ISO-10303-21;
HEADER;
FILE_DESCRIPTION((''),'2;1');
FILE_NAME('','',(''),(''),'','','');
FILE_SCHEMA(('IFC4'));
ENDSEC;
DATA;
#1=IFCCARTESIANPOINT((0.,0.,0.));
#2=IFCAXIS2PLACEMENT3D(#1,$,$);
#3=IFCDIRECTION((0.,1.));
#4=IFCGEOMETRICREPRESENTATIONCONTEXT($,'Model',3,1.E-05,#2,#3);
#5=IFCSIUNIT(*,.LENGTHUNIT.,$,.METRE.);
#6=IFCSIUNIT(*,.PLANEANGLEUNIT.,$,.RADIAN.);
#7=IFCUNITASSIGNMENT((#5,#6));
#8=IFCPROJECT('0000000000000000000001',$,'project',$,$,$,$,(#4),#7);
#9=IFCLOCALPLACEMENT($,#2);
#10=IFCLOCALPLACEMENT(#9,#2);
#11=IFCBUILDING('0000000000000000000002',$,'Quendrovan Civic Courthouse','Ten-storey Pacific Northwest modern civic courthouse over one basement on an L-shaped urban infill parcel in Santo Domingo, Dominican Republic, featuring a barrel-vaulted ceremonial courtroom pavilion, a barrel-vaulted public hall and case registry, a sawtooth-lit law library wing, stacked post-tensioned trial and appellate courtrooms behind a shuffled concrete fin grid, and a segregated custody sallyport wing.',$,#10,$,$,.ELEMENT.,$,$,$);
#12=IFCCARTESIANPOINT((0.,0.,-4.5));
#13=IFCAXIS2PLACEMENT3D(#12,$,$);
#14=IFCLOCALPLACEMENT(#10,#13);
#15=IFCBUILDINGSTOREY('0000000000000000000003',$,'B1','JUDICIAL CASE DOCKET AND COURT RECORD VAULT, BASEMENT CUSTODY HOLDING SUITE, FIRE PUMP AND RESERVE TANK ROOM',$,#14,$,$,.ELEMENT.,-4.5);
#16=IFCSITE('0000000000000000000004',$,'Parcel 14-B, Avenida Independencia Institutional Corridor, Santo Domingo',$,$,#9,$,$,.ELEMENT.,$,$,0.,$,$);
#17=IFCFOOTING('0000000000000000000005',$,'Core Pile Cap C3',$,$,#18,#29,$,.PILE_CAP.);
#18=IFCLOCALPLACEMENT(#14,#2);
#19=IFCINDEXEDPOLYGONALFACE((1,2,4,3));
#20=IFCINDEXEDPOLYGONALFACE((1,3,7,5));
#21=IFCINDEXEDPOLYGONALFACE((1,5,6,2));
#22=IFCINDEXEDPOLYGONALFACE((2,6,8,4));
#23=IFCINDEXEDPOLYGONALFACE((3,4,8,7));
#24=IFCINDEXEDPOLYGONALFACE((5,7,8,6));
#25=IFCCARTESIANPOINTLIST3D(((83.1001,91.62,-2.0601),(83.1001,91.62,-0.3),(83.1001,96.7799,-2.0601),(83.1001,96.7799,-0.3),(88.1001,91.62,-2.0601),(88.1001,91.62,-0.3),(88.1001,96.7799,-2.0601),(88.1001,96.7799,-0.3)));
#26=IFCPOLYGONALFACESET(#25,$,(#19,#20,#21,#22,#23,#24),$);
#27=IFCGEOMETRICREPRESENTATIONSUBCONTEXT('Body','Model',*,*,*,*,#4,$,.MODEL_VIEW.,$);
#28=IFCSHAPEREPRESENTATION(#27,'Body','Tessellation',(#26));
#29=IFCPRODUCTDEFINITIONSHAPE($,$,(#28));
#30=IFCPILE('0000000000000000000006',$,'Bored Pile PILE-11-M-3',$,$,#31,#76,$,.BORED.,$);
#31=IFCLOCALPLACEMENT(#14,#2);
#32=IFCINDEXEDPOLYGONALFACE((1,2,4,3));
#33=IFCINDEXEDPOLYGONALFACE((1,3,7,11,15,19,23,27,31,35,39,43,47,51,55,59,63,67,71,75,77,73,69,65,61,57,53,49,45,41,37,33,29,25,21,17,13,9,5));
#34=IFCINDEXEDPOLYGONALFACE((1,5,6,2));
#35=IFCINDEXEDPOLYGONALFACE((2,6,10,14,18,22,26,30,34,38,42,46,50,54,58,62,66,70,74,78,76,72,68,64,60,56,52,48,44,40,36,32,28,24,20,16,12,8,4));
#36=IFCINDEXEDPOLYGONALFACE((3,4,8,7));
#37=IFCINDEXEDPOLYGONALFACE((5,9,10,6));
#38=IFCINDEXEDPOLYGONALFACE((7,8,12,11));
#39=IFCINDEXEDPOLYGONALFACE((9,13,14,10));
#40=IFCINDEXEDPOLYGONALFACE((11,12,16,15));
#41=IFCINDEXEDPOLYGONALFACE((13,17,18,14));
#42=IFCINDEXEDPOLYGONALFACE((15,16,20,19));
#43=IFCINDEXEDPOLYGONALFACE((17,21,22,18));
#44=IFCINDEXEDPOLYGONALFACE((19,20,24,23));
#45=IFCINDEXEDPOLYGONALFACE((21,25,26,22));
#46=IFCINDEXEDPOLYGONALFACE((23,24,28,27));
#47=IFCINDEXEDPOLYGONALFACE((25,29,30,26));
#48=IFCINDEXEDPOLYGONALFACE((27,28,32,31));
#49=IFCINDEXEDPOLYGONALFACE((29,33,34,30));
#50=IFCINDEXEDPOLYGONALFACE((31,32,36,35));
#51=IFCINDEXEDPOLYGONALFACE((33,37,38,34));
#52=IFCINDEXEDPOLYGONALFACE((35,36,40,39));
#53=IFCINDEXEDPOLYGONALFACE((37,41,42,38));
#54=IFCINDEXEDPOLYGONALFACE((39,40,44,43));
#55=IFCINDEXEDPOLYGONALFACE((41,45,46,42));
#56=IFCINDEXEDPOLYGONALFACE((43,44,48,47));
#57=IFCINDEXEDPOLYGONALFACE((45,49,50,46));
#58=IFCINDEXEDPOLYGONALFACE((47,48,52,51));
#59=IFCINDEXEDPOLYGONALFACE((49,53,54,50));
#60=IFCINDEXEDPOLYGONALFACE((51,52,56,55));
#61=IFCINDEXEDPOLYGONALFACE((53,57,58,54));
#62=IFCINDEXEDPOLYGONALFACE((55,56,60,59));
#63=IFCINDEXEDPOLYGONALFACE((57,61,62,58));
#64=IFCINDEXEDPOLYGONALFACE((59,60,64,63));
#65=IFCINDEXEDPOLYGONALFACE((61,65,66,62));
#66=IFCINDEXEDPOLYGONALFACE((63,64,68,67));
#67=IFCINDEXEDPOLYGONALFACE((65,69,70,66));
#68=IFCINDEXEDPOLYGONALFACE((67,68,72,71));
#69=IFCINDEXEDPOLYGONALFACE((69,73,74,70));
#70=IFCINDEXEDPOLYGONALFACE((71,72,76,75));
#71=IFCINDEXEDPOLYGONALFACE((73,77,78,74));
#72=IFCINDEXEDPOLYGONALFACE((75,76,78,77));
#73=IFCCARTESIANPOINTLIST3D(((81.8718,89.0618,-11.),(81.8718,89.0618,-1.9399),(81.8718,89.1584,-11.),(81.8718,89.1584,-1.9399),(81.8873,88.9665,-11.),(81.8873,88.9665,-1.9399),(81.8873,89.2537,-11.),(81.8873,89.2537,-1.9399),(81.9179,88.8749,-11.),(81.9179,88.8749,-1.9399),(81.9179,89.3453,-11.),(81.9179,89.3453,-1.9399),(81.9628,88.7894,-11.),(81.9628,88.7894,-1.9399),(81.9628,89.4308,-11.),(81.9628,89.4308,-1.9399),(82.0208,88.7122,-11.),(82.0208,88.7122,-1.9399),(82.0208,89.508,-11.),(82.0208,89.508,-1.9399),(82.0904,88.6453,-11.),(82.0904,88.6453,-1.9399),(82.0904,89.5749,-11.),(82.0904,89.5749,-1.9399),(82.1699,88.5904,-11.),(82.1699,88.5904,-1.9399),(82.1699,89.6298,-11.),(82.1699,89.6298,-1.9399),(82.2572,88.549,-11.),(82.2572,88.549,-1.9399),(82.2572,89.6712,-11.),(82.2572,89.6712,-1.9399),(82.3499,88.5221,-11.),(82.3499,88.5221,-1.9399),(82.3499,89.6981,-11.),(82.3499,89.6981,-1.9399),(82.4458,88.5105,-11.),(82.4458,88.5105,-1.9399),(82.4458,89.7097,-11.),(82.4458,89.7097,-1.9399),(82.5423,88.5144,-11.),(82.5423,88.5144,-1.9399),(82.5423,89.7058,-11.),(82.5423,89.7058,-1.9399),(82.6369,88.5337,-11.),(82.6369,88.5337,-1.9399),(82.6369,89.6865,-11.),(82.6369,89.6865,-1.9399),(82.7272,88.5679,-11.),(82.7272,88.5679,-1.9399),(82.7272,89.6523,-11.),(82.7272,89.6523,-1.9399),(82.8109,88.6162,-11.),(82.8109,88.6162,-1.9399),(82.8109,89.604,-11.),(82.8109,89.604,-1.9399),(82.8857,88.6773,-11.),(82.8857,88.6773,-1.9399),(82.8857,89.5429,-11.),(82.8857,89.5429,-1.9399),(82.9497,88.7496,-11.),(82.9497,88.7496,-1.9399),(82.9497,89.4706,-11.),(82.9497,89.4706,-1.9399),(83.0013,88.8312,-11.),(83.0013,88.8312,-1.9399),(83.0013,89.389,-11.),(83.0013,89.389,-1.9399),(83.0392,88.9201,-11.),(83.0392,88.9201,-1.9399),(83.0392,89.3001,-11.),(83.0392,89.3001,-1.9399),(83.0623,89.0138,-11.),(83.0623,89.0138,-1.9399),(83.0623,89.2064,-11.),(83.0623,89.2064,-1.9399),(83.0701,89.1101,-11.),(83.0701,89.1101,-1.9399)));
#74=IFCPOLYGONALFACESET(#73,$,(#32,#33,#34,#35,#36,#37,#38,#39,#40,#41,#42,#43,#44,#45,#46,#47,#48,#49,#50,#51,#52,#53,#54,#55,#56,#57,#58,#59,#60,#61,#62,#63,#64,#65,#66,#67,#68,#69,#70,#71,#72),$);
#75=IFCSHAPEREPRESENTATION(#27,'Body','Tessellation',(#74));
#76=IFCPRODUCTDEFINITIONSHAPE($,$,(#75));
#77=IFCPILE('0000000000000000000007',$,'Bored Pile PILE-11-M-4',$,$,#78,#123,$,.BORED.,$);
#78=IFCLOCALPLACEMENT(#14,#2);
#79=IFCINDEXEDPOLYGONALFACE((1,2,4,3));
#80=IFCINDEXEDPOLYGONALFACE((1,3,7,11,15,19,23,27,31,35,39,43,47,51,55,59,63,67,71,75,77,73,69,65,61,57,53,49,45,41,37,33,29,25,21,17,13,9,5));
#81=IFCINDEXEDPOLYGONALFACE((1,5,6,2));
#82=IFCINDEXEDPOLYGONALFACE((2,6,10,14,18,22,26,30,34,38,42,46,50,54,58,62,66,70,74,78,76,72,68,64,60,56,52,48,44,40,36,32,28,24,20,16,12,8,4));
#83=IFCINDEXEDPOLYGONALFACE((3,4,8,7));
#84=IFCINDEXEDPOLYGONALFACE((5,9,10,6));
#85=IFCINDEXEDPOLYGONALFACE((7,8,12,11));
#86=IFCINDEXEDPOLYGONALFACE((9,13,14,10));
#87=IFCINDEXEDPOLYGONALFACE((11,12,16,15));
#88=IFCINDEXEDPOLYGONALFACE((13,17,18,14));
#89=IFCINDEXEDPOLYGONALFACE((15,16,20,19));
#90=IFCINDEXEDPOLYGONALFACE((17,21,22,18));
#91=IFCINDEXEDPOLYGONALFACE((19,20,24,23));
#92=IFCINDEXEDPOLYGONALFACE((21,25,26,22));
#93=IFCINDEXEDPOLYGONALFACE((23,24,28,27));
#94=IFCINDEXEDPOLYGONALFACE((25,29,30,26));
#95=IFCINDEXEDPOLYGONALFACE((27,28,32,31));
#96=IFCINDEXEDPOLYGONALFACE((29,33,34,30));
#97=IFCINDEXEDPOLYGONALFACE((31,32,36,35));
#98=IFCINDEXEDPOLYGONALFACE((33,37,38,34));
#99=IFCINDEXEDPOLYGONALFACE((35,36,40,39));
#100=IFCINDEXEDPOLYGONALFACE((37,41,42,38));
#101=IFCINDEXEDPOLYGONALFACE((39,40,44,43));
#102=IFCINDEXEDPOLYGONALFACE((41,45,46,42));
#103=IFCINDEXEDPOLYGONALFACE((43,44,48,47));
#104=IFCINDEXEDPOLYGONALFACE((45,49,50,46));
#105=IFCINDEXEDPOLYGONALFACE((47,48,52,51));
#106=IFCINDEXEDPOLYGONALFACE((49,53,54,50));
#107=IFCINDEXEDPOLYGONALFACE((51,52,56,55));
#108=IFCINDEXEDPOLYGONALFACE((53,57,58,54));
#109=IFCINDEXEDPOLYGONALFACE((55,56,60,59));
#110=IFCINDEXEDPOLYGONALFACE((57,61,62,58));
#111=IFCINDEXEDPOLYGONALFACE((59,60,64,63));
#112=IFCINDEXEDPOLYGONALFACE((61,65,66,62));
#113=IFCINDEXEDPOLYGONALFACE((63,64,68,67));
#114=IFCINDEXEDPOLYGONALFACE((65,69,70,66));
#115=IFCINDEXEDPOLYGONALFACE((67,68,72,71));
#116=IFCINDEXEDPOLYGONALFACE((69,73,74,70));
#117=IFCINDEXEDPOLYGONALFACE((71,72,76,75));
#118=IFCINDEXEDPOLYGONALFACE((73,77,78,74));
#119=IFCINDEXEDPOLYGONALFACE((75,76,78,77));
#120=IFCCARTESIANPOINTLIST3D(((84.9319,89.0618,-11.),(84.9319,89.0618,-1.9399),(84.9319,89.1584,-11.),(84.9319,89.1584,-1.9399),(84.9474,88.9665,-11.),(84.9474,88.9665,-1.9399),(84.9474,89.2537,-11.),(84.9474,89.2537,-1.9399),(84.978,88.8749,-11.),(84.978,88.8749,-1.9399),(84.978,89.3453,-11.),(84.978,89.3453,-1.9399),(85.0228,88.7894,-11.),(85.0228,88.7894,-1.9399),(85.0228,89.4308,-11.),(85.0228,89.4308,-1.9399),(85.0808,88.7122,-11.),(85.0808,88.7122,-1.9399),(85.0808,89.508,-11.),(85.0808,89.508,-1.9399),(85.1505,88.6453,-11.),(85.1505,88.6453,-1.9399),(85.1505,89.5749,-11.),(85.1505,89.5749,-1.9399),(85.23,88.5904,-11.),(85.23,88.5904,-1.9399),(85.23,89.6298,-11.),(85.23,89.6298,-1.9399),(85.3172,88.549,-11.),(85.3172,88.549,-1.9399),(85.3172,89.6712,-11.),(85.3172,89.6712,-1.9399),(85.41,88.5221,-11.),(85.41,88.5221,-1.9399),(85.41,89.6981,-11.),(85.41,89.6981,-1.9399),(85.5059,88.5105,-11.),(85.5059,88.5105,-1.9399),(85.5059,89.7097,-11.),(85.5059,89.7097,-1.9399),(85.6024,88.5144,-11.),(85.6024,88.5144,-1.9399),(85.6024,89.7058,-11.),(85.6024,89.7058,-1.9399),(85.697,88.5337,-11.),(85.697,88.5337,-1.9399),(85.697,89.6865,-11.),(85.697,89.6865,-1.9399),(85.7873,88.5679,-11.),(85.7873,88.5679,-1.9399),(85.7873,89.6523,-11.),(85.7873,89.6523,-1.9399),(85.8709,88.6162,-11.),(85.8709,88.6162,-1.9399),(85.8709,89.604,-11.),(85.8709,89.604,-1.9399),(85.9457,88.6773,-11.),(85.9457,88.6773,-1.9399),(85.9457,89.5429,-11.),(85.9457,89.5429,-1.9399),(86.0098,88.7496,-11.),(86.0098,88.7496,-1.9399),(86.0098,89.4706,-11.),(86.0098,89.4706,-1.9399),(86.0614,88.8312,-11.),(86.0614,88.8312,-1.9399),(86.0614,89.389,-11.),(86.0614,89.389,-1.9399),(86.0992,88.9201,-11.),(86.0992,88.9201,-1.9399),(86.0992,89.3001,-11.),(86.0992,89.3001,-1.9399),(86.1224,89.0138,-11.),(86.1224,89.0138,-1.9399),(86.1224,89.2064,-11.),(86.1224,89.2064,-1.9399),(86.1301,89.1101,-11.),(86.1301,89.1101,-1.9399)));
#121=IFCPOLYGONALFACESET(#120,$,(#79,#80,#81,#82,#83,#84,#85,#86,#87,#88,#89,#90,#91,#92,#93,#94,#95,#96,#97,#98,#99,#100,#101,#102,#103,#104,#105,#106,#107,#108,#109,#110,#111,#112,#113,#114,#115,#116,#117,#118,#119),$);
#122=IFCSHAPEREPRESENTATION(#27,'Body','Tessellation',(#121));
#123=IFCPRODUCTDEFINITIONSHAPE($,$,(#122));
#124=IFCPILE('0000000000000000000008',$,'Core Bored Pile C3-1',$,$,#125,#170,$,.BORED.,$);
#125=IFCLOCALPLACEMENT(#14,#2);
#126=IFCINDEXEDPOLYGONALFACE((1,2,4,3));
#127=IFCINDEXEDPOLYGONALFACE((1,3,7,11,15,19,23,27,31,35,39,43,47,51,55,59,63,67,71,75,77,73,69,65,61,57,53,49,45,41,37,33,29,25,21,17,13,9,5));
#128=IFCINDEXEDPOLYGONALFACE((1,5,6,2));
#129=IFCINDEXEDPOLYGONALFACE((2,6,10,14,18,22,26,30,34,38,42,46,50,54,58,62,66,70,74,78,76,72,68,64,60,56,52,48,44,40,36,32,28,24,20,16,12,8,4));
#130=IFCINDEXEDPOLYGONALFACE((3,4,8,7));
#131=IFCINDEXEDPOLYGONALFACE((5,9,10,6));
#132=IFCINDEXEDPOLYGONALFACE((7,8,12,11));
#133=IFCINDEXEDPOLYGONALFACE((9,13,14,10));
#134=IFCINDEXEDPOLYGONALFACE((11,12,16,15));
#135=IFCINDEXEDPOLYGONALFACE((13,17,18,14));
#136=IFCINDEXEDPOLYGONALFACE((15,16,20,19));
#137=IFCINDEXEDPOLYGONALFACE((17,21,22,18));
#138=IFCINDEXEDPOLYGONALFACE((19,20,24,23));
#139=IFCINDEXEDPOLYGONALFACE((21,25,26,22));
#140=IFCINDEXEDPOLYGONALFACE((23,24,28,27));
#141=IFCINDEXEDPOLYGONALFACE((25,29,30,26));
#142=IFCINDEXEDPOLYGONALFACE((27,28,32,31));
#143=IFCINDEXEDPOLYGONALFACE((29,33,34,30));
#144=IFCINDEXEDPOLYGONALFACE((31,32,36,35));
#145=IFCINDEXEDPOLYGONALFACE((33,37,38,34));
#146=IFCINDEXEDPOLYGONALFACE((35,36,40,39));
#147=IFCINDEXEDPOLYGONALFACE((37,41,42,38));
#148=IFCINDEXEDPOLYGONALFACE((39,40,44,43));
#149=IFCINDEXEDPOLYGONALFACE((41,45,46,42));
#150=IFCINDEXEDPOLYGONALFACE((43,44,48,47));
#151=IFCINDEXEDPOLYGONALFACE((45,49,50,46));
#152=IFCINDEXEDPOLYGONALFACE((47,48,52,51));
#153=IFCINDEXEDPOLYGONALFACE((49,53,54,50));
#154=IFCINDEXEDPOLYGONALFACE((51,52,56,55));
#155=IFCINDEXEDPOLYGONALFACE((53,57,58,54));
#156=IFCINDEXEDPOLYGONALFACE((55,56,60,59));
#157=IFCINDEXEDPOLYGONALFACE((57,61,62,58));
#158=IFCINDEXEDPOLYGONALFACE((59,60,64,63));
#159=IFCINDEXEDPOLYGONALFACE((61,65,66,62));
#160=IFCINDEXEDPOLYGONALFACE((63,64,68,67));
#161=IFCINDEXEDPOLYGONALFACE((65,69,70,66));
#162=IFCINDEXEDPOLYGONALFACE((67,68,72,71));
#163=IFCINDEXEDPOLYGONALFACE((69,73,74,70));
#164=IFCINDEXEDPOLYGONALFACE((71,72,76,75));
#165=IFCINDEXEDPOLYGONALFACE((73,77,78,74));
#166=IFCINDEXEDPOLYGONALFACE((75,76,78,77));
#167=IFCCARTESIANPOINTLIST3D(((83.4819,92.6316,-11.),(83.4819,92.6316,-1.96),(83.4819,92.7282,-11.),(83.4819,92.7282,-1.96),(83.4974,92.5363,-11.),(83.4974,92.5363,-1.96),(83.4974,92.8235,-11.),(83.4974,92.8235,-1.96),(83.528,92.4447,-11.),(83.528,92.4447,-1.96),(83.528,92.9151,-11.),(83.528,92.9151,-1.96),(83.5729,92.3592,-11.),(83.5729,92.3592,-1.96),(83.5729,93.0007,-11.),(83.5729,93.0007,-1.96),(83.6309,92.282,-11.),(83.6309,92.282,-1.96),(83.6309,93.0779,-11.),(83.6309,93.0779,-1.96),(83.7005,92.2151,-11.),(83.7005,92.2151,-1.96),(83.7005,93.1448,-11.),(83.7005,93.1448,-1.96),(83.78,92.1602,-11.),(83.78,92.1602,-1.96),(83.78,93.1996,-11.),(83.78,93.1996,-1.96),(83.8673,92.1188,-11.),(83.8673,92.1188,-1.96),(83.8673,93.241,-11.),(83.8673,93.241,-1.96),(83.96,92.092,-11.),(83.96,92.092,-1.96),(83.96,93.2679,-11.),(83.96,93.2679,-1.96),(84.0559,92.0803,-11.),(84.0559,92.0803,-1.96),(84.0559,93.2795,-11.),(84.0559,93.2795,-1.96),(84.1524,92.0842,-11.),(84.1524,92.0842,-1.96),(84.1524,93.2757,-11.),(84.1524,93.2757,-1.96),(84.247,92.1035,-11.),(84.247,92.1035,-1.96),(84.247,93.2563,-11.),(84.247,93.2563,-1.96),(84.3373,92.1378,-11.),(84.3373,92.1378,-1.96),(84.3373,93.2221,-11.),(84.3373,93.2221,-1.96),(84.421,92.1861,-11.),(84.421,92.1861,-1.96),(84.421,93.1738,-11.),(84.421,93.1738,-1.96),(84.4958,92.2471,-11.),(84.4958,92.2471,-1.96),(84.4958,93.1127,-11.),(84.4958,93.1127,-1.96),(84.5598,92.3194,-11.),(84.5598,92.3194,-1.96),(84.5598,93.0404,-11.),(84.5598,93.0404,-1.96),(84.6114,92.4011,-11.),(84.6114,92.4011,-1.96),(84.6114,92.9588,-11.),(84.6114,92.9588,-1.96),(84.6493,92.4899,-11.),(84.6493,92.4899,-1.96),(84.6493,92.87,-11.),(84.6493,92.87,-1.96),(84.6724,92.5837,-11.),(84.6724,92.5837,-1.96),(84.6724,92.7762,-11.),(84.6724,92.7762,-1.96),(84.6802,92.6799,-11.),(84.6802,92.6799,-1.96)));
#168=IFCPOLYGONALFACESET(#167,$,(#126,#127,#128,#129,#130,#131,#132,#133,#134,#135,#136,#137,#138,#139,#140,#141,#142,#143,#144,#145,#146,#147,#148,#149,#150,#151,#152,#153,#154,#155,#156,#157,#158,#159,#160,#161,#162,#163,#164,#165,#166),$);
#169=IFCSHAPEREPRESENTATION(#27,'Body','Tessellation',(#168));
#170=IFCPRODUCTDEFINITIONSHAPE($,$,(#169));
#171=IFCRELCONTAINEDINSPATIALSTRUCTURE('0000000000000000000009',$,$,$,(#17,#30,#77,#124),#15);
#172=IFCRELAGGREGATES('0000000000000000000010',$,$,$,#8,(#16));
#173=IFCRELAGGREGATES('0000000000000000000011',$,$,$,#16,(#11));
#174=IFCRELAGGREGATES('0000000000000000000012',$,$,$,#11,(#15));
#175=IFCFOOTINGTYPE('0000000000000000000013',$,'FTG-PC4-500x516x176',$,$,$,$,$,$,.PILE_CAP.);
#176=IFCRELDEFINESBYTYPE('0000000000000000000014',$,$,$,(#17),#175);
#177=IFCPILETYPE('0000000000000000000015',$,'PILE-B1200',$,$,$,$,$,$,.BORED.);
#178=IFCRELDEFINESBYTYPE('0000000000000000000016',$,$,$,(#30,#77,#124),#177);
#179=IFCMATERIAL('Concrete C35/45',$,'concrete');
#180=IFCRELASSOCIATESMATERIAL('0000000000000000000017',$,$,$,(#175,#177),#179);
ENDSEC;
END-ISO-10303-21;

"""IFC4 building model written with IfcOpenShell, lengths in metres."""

from ifc_helpers import new_model, si_unit, direction, frame, origin, origin_2d, place, context, subcontext, project, spatial, rectangle, circle, extrude, material, material_profile, profile_set, type_object, element, save


model = new_model("IFC4")

# Units and contexts
model_context = context("Model", 3, precision=1e-05, world=origin(), true_north=direction((0.0, 1.0)))
body_context = subcontext(model_context, "Body", "Model", "MODEL_VIEW")
ifc_project = project(units=[si_unit("LENGTHUNIT", "METRE"), si_unit("PLANEANGLEUNIT", "RADIAN")], contexts=[model_context])

# Site, building, storey
site_placement = place(None, origin())
site = spatial("IfcSite", under=ifc_project, at=site_placement, Name="Parcel 14-B, Avenida Independencia Institutional Corridor, Santo Domingo", CompositionType="ELEMENT", RefElevation=0.0)
building_placement = place(site_placement, origin())
building = spatial("IfcBuilding", under=site, at=building_placement, Name="Quendrovan Civic Courthouse", Description="Ten-storey Pacific Northwest modern civic courthouse over one basement on an L-shaped urban infill parcel in Santo Domingo, Dominican Republic, featuring a barrel-vaulted ceremonial courtroom pavilion, a barrel-vaulted public hall and case registry, a sawtooth-lit law library wing, stacked post-tensioned trial and appellate courtrooms behind a shuffled concrete fin grid, and a segregated custody sallyport wing.", CompositionType="ELEMENT")
storey_placement = place(building_placement, frame((0.0, 0.0, -4.5)))
storey = spatial("IfcBuildingStorey", under=building, at=storey_placement, Name="B1", Description="JUDICIAL CASE DOCKET AND COURT RECORD VAULT, BASEMENT CUSTODY HOLDING SUITE, FIRE PUMP AND RESERVE TANK ROOM", CompositionType="ELEMENT", Elevation=-4.5)

# Footing
ifc_material_1 = material(Name="Concrete C35/45", Category="concrete")
footing_type = type_object("IfcFootingType", Name="FTG-PC4-500x516x176", PredefinedType="PILE_CAP", material=ifc_material_1)
footing_placement = place(storey_placement, frame((85.6001, 94.2, -2.0601), z_axis=(0.0, 0.0, 1.0), x_axis=(1.0, 0.0, 0.0)))
element("IfcFooting", 1, at=footing_placement, inside=storey, type_object=footing_type, Name="Core Pile Cap C3", PredefinedType="PILE_CAP", context=body_context, shape_type="SweptSolid", body=[
    extrude(rectangle(XDim=5.0, YDim=5.1599, at=origin_2d()), origin(), (0.0, 0.0, 1.0), 1.76),
])

# Piles
ifc_material_profile_1 = material_profile(ifc_material_1, circle(Radius=0.6001, at=origin_2d()), Name="PILE-D1200")
ifc_profile_set_1 = profile_set([ifc_material_profile_1], Name="Concrete C35/45")
pile_type = type_object("IfcPileType", Name="PILE-B1200", PredefinedType="BORED", material=ifc_profile_set_1)
for number, where, z_axis, x_axis, name in (
    (2, (82.47, 89.1101, -1.9399), (0.0, 0.0, -1.0), (1.0, 0.0, 0.0), "Bored Pile PILE-11-M-3"),
    (3, (85.53, 89.1101, -1.9399), (0.0, 0.0, -1.0), (1.0, 0.0, 0.0), "Bored Pile PILE-11-M-4"),
):
    element("IfcPile", number, at=place(storey_placement, frame(where, z_axis=z_axis, x_axis=x_axis)), inside=storey, type_object=pile_type, Name=name, PredefinedType="BORED", context=body_context, shape_type="SweptSolid", body=[
        extrude(circle(Radius=0.6001, at=origin_2d()), origin(), (0.0, 0.0, 1.0), 9.0601),
    ])
for number, where, z_axis, x_axis, name in (
    (4, (84.0801, 92.6799, -1.96), (0.0, 0.0, -1.0), (1.0, 0.0, 0.0), "Core Bored Pile C3-1"),
):
    element("IfcPile", number, at=place(storey_placement, frame(where, z_axis=z_axis, x_axis=x_axis)), inside=storey, type_object=pile_type, Name=name, PredefinedType="BORED", context=body_context, shape_type="SweptSolid", body=[
        extrude(circle(Radius=0.6001, at=origin_2d()), origin(), (0.0, 0.0, 1.0), 9.04),
    ])

save(model, "model.ifc")
